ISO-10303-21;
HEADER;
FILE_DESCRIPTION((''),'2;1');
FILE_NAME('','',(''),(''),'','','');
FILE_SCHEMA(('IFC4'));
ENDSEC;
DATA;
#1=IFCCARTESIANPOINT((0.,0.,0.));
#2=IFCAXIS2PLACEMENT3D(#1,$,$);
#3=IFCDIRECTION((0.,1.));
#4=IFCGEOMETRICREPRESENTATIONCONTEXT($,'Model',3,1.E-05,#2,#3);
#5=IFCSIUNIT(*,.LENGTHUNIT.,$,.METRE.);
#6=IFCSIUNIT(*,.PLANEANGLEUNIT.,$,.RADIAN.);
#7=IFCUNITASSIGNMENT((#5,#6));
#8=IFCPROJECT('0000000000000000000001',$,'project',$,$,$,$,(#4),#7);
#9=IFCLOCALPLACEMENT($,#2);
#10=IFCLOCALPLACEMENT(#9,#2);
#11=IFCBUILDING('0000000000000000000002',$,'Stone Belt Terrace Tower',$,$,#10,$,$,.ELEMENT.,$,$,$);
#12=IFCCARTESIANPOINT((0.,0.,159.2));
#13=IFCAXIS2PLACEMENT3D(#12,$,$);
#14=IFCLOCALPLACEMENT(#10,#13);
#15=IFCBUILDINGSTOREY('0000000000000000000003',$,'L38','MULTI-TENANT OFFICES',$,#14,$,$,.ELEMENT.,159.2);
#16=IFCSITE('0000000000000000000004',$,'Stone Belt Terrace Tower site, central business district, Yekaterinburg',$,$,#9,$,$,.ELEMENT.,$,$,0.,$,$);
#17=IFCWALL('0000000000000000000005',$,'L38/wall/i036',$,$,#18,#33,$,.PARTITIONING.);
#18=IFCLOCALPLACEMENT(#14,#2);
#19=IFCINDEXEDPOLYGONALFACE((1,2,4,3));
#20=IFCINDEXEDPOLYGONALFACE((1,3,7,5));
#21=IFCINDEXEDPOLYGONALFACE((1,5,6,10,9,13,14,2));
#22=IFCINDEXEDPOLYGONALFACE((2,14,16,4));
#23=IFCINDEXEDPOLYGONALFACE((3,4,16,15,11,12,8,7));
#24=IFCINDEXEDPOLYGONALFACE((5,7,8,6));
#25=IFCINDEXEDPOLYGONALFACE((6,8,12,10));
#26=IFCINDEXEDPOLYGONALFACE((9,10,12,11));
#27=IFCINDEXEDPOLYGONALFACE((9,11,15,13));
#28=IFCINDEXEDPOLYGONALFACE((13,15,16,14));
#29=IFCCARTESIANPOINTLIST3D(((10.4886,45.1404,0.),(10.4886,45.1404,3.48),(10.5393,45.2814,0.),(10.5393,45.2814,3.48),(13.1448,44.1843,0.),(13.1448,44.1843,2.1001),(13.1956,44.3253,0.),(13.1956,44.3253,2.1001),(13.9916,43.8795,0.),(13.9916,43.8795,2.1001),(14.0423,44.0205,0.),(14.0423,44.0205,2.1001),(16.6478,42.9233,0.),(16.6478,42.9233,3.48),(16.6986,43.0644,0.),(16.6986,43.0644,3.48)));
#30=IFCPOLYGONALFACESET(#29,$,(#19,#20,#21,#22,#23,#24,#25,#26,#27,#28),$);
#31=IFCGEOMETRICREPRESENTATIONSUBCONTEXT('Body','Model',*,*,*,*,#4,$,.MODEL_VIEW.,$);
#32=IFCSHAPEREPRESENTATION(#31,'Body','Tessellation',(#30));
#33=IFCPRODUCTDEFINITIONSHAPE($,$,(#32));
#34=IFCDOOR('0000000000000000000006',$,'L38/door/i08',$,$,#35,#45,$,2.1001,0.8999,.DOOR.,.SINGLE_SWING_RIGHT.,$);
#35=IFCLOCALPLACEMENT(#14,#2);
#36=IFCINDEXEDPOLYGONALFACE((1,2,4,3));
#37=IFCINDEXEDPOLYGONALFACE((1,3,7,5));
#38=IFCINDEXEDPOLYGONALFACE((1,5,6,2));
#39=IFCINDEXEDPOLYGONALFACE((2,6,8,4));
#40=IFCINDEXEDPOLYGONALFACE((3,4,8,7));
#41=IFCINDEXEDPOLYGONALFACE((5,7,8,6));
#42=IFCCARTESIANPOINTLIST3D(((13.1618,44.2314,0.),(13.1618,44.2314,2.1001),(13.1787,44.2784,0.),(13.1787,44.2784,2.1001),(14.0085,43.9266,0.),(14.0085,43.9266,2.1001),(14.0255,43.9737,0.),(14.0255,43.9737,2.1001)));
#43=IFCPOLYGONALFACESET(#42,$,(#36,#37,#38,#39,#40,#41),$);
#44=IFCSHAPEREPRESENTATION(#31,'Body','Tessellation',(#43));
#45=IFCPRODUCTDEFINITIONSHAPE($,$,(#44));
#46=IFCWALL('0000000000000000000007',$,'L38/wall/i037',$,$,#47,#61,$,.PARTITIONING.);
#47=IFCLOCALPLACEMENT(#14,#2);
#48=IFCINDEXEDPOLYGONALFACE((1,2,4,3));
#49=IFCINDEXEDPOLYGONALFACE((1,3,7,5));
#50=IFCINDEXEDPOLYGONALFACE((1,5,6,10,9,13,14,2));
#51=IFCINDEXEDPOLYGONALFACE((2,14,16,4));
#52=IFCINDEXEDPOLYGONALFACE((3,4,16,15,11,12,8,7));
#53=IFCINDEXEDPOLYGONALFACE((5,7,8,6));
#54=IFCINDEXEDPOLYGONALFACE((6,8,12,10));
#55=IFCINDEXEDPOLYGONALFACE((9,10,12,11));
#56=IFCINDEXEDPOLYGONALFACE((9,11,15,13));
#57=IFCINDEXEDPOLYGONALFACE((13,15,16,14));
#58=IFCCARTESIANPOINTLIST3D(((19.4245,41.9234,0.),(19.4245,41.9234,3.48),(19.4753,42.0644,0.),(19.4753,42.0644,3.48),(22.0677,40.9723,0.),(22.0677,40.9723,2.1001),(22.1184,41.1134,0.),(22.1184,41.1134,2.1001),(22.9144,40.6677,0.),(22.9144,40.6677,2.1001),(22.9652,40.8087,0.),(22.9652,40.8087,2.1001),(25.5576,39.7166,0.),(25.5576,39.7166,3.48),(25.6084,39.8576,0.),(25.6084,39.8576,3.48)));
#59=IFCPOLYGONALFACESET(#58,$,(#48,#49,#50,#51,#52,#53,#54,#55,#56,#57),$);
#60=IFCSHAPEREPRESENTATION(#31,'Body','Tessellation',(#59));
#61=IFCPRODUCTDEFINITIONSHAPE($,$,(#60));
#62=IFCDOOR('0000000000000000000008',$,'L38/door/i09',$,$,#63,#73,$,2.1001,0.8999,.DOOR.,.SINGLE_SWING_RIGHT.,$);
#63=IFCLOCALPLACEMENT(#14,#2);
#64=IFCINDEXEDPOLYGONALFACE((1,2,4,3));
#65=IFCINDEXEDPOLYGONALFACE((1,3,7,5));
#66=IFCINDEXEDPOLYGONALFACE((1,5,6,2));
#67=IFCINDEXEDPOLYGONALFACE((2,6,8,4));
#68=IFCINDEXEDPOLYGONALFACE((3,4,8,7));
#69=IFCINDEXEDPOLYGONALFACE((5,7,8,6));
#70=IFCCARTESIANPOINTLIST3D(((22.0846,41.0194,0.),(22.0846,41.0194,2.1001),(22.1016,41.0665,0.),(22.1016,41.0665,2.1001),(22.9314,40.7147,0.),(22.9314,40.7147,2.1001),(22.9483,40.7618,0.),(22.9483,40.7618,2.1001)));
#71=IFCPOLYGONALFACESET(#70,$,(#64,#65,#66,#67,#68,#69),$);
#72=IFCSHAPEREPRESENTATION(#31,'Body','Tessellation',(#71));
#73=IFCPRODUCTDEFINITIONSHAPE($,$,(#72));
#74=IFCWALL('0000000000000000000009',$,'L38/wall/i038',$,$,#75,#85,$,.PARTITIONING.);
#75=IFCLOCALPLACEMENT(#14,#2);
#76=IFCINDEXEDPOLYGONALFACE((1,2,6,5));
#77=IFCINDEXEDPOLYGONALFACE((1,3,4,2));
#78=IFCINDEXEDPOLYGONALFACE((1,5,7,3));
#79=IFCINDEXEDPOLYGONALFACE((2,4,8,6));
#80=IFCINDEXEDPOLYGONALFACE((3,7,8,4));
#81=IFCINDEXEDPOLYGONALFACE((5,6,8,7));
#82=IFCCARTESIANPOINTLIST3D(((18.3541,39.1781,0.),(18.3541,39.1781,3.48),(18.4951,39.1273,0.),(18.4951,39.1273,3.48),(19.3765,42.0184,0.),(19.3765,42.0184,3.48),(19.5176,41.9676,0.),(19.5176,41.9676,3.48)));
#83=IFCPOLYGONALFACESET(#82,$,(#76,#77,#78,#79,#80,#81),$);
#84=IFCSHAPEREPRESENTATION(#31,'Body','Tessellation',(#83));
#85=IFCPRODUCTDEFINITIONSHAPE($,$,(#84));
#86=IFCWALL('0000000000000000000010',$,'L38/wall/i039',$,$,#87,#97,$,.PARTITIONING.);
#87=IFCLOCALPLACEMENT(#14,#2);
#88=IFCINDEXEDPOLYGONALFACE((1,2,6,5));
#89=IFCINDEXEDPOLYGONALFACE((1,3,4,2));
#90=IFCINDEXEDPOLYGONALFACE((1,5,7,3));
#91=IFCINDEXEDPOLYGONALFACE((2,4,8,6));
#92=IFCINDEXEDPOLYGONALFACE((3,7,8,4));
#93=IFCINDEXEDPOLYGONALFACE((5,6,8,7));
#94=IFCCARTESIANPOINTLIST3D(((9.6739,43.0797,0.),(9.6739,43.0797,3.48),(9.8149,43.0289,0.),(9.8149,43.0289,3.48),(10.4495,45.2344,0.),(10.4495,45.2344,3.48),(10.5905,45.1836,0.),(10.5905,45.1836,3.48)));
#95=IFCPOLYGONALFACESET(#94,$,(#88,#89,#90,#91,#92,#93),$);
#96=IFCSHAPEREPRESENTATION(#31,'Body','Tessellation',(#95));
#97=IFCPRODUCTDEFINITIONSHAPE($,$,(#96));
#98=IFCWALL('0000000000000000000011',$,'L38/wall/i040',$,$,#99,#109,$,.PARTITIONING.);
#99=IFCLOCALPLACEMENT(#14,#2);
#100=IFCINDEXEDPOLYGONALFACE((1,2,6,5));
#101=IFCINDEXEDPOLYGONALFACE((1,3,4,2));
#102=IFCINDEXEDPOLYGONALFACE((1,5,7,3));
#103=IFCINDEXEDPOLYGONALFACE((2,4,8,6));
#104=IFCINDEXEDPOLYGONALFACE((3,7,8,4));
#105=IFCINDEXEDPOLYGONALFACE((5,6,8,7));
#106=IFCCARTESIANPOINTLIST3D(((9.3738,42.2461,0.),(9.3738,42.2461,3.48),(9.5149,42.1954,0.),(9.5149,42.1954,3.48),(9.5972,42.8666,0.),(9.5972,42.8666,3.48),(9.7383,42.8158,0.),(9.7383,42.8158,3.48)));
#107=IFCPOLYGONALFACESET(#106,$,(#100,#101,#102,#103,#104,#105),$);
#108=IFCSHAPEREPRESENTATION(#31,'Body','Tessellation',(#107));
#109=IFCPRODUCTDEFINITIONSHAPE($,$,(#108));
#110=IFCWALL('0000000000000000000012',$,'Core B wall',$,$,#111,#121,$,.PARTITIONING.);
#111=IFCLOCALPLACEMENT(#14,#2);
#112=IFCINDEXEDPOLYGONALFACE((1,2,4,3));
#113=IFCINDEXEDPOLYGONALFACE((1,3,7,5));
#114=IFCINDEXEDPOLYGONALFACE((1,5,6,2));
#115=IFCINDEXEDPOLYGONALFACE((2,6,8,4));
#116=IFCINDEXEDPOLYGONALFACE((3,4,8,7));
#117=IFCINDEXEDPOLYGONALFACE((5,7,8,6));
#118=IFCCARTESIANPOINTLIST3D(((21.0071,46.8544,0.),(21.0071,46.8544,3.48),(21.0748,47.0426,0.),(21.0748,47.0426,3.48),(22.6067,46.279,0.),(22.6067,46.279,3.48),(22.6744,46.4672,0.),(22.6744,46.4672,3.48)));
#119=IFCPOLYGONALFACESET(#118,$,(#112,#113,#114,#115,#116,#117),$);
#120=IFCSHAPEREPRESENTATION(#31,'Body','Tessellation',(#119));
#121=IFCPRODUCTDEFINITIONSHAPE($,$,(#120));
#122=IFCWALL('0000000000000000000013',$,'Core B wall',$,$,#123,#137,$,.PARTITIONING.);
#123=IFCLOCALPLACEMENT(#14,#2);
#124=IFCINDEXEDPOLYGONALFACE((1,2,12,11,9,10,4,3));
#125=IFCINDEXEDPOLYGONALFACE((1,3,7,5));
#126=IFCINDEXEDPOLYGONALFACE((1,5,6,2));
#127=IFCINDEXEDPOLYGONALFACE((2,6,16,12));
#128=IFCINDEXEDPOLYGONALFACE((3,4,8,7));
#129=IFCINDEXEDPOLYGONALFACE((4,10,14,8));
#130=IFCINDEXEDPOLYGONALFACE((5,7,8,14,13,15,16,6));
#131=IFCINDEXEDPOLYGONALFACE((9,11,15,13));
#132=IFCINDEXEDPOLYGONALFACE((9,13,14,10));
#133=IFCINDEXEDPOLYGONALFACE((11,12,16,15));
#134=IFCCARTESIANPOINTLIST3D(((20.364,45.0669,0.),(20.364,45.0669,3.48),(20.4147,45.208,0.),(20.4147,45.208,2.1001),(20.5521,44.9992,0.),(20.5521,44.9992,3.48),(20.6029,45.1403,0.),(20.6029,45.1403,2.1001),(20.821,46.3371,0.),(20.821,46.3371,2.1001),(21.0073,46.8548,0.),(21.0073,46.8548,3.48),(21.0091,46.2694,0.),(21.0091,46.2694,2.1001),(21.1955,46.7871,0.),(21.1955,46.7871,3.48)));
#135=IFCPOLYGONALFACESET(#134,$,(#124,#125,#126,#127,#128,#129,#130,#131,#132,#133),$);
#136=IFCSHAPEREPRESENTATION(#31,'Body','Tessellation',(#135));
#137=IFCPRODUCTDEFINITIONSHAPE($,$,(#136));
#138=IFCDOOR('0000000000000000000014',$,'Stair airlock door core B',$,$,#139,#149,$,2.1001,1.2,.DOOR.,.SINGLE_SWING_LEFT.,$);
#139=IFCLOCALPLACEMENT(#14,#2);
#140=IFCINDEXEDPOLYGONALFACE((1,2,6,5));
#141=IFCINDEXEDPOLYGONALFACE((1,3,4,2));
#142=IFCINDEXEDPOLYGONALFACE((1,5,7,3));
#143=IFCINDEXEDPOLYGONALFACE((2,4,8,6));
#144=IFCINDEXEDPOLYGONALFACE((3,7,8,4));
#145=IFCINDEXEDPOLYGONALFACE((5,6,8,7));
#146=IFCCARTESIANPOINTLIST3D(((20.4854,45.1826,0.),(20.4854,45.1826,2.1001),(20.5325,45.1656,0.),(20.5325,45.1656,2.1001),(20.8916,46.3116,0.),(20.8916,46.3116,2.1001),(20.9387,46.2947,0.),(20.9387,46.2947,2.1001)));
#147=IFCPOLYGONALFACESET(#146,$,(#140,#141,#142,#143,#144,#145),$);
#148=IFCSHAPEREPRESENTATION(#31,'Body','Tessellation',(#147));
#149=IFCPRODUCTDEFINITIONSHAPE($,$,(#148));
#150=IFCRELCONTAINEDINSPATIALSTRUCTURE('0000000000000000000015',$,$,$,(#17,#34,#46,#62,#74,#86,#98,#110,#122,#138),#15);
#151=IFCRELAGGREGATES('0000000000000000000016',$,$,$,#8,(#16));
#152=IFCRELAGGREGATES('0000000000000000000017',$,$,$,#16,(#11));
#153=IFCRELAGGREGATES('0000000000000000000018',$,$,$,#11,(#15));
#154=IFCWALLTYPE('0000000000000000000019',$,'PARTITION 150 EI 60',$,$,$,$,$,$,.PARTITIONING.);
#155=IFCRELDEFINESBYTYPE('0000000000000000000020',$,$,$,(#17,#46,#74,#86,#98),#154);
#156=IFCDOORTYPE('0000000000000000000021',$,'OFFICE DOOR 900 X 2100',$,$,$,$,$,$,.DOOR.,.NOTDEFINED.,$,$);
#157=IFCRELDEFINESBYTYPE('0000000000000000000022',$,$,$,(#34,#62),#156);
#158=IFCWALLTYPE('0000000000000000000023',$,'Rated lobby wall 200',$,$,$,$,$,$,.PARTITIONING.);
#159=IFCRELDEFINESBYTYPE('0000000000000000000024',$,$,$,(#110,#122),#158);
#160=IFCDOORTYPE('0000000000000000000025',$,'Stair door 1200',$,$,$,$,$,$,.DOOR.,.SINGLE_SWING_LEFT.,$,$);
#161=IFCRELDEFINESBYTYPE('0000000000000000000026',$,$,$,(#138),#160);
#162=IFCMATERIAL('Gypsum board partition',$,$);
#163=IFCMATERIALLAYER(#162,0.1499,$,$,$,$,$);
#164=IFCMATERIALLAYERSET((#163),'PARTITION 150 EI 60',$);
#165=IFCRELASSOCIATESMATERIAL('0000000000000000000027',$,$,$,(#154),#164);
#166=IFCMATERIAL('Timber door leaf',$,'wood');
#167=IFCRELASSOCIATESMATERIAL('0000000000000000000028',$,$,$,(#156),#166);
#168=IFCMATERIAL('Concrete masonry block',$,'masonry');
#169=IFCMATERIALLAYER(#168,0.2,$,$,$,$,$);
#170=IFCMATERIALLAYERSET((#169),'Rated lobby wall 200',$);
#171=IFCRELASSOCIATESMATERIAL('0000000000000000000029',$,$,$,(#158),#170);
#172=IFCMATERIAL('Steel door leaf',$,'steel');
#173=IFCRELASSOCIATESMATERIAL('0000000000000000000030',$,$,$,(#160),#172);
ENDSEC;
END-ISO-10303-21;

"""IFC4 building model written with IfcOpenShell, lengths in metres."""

from ifc_helpers import new_model, si_unit, direction, frame, frame_2d, origin, place, context, subcontext, project, spatial, rectangle, extrude, material, layer, layer_set, type_object, element, fill, save


model = new_model("IFC4")

# Units and contexts
model_context = context("Model", 3, precision=1e-05, world=origin(), true_north=direction((0.0, 1.0)))
body_context = subcontext(model_context, "Body", "Model", "MODEL_VIEW")
ifc_project = project(units=[si_unit("LENGTHUNIT", "METRE"), si_unit("PLANEANGLEUNIT", "RADIAN")], contexts=[model_context])

# Site, building, storey
site_placement = place(None, origin())
site = spatial("IfcSite", under=ifc_project, at=site_placement, Name="Stone Belt Terrace Tower site, central business district, Yekaterinburg", CompositionType="ELEMENT", RefElevation=0.0)
building_placement = place(site_placement, origin())
building = spatial("IfcBuilding", under=site, at=building_placement, Name="Stone Belt Terrace Tower", CompositionType="ELEMENT")
storey_placement = place(building_placement, frame((0.0, 0.0, 159.2)))
storey = spatial("IfcBuildingStorey", under=building, at=storey_placement, Name="L38", Description="MULTI-TENANT OFFICES", CompositionType="ELEMENT", Elevation=159.2)

# Shared definitions
ifc_material_1 = material(Name="Gypsum board partition")
ifc_layer_1 = layer(ifc_material_1, 0.1499)
ifc_layer_set_1 = layer_set([ifc_layer_1], Name="PARTITION 150 EI 60")
wall_type_1 = type_object("IfcWallType", Name="PARTITION 150 EI 60", PredefinedType="PARTITIONING", material=ifc_layer_set_1)
ifc_material_2 = material(Name="Timber door leaf", Category="wood")
door_type_1 = type_object("IfcDoorType", Name="OFFICE DOOR 900 X 2100", OperationType="NOTDEFINED", PredefinedType="DOOR", material=ifc_material_2)

# Walls, openings, doors
wall_1_placement = place(storey_placement, frame((16.6731, 42.9939, 0.0), z_axis=(0.0, 0.0, 1.0), x_axis=(-0.9409, 0.338684, 0.0)))
wall_1 = element("IfcWall", 1, at=wall_1_placement, inside=storey, type_object=wall_type_1, Name="L38/wall/i036", PredefinedType="PARTITIONING", context=body_context, shape_type="SweptSolid", body=[
    extrude(rectangle(XDim=6.5461, YDim=0.1499, at=frame_2d((3.2729, 0.0))), origin(), (0.0, 0.0, 1.0), 3.48),
])
opening_1_placement = place(wall_1_placement, frame((2.823, 0.0, 0.0)))
opening_1 = element("IfcOpeningElement", 2, at=opening_1_placement, cuts=wall_1, PredefinedType="OPENING", context=body_context, shape_type="SweptSolid", body=[
    extrude(rectangle(XDim=0.8999, YDim=2.1001, at=frame_2d((0.45, 1.05))), frame((0.0, 0.085, 0.0), z_axis=(0.0, -1.0, 0.0), x_axis=(1.0, 0.0, 0.0)), (0.0, 0.0, 1.0), 0.1699),
])
door_1_placement = place(opening_1_placement, origin())
door_1 = element("IfcDoor", 3, at=door_1_placement, inside=storey, type_object=door_type_1, Name="L38/door/i08", OperationType="SINGLE_SWING_RIGHT", OverallHeight=2.1001, OverallWidth=0.8999, PredefinedType="DOOR", context=body_context, shape_type="SweptSolid", body=[
    extrude(rectangle(XDim=0.8999, YDim=2.1001, at=frame_2d((0.45, 1.05))), frame((0.0, 0.0249, 0.0), z_axis=(0.0, -1.0, 0.0), x_axis=(1.0, 0.0, 0.0)), (0.0, 0.0, 1.0), 0.05),
])
fill(opening_1, door_1)
wall_2_placement = place(storey_placement, frame((25.583, 39.7871, 0.0), z_axis=(0.0, 0.0, 1.0), x_axis=(-0.940942, 0.338568, 0.0)))
wall_2 = element("IfcWall", 4, at=wall_2_placement, inside=storey, type_object=wall_type_1, Name="L38/wall/i037", PredefinedType="PARTITIONING", context=body_context, shape_type="SweptSolid", body=[
    extrude(rectangle(XDim=6.5181, YDim=0.1499, at=frame_2d((3.259, 0.0))), origin(), (0.0, 0.0, 1.0), 3.48),
])
opening_2_placement = place(wall_2_placement, frame((2.8091, 0.0, 0.0)))
opening_2 = element("IfcOpeningElement", 5, at=opening_2_placement, cuts=wall_2, PredefinedType="OPENING", context=body_context, shape_type="SweptSolid", body=[
    extrude(rectangle(XDim=0.8999, YDim=2.1001, at=frame_2d((0.45, 1.05))), frame((0.0, 0.085, 0.0), z_axis=(0.0, -1.0, 0.0), x_axis=(1.0, 0.0, 0.0)), (0.0, 0.0, 1.0), 0.1699),
])
door_2_placement = place(opening_2_placement, origin())
door_2 = element("IfcDoor", 6, at=door_2_placement, inside=storey, type_object=door_type_1, Name="L38/door/i09", OperationType="SINGLE_SWING_RIGHT", OverallHeight=2.1001, OverallWidth=0.8999, PredefinedType="DOOR", context=body_context, shape_type="SweptSolid", body=[
    extrude(rectangle(XDim=0.8999, YDim=2.1001, at=frame_2d((0.45, 1.05))), frame((0.0, 0.0249, 0.0), z_axis=(0.0, -1.0, 0.0), x_axis=(1.0, 0.0, 0.0)), (0.0, 0.0, 1.0), 0.05),
])
fill(opening_2, door_2)

# Walls
wall_3_placement = place(storey_placement, frame((19.447, 41.9929, 0.0), z_axis=(0.0, 0.0, 1.0), x_axis=(-0.338702, -0.940894, 0.0)))
element("IfcWall", 7, at=wall_3_placement, inside=storey, type_object=wall_type_1, Name="L38/wall/i038", PredefinedType="PARTITIONING", context=body_context, shape_type="SweptSolid", body=[
    extrude(rectangle(XDim=3.0188, YDim=0.1499, at=frame_2d((1.5093, 0.0))), origin(), (0.0, 0.0, 1.0), 3.48),
])
wall_4_placement = place(storey_placement, frame((10.52, 45.209, 0.0), z_axis=(0.0, 0.0, 1.0), x_axis=(-0.338685, -0.9409, 0.0)))
element("IfcWall", 8, at=wall_4_placement, inside=storey, type_object=wall_type_1, Name="L38/wall/i039", PredefinedType="PARTITIONING", context=body_context, shape_type="SweptSolid", body=[
    extrude(rectangle(XDim=2.29, YDim=0.1499, at=frame_2d((1.145, 0.0))), origin(), (0.0, 0.0, 1.0), 3.48),
])
wall_5_placement = place(storey_placement, frame((9.6677, 42.8411, 0.0), z_axis=(0.0, 0.0, 1.0), x_axis=(-0.338798, -0.940859, 0.0)))
element("IfcWall", 9, at=wall_5_placement, inside=storey, type_object=wall_type_1, Name="L38/wall/i040", PredefinedType="PARTITIONING", context=body_context, shape_type="SweptSolid", body=[
    extrude(rectangle(XDim=0.6594, YDim=0.1499, at=frame_2d((0.3296, 0.0))), origin(), (0.0, 0.0, 1.0), 3.48),
])
ifc_material_3 = material(Name="Concrete masonry block", Category="masonry")
ifc_layer_2 = layer(ifc_material_3, 0.2)
ifc_layer_set_2 = layer_set([ifc_layer_2], Name="Rated lobby wall 200")
wall_type_2 = type_object("IfcWallType", Name="Rated lobby wall 200", PredefinedType="PARTITIONING", material=ifc_layer_set_2)
wall_6_placement = place(storey_placement, frame((22.6406, 46.373, 0.0), z_axis=(0.0, 0.0, 1.0), x_axis=(-0.940966, 0.338501, 0.0)))
element("IfcWall", 10, at=wall_6_placement, inside=storey, type_object=wall_type_2, Name="Core B wall", PredefinedType="PARTITIONING", context=body_context, shape_type="SweptSolid", body=[
    extrude(rectangle(XDim=1.7, YDim=0.2, at=frame_2d((0.8501, 0.0))), origin(), (0.0, 0.0, 1.0), 3.48),
])

# Wall, opening, door
wall_7_placement = place(storey_placement, frame((20.458, 45.033, 0.0), z_axis=(0.0, 0.0, 1.0), x_axis=(0.338574, 0.94094, 0.0)))
wall_7 = element("IfcWall", 11, at=wall_7_placement, inside=storey, type_object=wall_type_2, Name="Core B wall", PredefinedType="PARTITIONING", context=body_context, shape_type="SweptSolid", body=[
    extrude(rectangle(XDim=1.9001, YDim=0.2, at=frame_2d((0.9502, 0.0))), origin(), (0.0, 0.0, 1.0), 3.48),
])
opening_3_placement = place(wall_7_placement, frame((0.1499, 0.0, 0.0)))
opening_3 = element("IfcOpeningElement", 12, at=opening_3_placement, cuts=wall_7, PredefinedType="OPENING", context=body_context, shape_type="SweptSolid", body=[
    extrude(rectangle(XDim=1.2, YDim=2.1001, at=frame_2d((0.6001, 1.05))), frame((0.0, 0.1099, 0.0), z_axis=(0.0, -1.0, 0.0), x_axis=(1.0, 0.0, 0.0)), (0.0, 0.0, 1.0), 0.22),
])
ifc_material_4 = material(Name="Steel door leaf", Category="steel")
door_type_2 = type_object("IfcDoorType", Name="Stair door 1200", OperationType="SINGLE_SWING_LEFT", PredefinedType="DOOR", material=ifc_material_4)
door_3_placement = place(opening_3_placement, origin())
door_3 = element("IfcDoor", 13, at=door_3_placement, inside=storey, type_object=door_type_2, Name="Stair airlock door core B", OperationType="SINGLE_SWING_LEFT", OverallHeight=2.1001, OverallWidth=1.2, PredefinedType="DOOR", context=body_context, shape_type="SweptSolid", body=[
    extrude(rectangle(XDim=1.2, YDim=2.1001, at=frame_2d((0.6001, 1.05))), frame((0.0, 0.0249, 0.0), z_axis=(0.0, -1.0, 0.0), x_axis=(1.0, 0.0, 0.0)), (0.0, 0.0, 1.0), 0.05),
])
fill(opening_3, door_3)

save(model, "model.ifc")
